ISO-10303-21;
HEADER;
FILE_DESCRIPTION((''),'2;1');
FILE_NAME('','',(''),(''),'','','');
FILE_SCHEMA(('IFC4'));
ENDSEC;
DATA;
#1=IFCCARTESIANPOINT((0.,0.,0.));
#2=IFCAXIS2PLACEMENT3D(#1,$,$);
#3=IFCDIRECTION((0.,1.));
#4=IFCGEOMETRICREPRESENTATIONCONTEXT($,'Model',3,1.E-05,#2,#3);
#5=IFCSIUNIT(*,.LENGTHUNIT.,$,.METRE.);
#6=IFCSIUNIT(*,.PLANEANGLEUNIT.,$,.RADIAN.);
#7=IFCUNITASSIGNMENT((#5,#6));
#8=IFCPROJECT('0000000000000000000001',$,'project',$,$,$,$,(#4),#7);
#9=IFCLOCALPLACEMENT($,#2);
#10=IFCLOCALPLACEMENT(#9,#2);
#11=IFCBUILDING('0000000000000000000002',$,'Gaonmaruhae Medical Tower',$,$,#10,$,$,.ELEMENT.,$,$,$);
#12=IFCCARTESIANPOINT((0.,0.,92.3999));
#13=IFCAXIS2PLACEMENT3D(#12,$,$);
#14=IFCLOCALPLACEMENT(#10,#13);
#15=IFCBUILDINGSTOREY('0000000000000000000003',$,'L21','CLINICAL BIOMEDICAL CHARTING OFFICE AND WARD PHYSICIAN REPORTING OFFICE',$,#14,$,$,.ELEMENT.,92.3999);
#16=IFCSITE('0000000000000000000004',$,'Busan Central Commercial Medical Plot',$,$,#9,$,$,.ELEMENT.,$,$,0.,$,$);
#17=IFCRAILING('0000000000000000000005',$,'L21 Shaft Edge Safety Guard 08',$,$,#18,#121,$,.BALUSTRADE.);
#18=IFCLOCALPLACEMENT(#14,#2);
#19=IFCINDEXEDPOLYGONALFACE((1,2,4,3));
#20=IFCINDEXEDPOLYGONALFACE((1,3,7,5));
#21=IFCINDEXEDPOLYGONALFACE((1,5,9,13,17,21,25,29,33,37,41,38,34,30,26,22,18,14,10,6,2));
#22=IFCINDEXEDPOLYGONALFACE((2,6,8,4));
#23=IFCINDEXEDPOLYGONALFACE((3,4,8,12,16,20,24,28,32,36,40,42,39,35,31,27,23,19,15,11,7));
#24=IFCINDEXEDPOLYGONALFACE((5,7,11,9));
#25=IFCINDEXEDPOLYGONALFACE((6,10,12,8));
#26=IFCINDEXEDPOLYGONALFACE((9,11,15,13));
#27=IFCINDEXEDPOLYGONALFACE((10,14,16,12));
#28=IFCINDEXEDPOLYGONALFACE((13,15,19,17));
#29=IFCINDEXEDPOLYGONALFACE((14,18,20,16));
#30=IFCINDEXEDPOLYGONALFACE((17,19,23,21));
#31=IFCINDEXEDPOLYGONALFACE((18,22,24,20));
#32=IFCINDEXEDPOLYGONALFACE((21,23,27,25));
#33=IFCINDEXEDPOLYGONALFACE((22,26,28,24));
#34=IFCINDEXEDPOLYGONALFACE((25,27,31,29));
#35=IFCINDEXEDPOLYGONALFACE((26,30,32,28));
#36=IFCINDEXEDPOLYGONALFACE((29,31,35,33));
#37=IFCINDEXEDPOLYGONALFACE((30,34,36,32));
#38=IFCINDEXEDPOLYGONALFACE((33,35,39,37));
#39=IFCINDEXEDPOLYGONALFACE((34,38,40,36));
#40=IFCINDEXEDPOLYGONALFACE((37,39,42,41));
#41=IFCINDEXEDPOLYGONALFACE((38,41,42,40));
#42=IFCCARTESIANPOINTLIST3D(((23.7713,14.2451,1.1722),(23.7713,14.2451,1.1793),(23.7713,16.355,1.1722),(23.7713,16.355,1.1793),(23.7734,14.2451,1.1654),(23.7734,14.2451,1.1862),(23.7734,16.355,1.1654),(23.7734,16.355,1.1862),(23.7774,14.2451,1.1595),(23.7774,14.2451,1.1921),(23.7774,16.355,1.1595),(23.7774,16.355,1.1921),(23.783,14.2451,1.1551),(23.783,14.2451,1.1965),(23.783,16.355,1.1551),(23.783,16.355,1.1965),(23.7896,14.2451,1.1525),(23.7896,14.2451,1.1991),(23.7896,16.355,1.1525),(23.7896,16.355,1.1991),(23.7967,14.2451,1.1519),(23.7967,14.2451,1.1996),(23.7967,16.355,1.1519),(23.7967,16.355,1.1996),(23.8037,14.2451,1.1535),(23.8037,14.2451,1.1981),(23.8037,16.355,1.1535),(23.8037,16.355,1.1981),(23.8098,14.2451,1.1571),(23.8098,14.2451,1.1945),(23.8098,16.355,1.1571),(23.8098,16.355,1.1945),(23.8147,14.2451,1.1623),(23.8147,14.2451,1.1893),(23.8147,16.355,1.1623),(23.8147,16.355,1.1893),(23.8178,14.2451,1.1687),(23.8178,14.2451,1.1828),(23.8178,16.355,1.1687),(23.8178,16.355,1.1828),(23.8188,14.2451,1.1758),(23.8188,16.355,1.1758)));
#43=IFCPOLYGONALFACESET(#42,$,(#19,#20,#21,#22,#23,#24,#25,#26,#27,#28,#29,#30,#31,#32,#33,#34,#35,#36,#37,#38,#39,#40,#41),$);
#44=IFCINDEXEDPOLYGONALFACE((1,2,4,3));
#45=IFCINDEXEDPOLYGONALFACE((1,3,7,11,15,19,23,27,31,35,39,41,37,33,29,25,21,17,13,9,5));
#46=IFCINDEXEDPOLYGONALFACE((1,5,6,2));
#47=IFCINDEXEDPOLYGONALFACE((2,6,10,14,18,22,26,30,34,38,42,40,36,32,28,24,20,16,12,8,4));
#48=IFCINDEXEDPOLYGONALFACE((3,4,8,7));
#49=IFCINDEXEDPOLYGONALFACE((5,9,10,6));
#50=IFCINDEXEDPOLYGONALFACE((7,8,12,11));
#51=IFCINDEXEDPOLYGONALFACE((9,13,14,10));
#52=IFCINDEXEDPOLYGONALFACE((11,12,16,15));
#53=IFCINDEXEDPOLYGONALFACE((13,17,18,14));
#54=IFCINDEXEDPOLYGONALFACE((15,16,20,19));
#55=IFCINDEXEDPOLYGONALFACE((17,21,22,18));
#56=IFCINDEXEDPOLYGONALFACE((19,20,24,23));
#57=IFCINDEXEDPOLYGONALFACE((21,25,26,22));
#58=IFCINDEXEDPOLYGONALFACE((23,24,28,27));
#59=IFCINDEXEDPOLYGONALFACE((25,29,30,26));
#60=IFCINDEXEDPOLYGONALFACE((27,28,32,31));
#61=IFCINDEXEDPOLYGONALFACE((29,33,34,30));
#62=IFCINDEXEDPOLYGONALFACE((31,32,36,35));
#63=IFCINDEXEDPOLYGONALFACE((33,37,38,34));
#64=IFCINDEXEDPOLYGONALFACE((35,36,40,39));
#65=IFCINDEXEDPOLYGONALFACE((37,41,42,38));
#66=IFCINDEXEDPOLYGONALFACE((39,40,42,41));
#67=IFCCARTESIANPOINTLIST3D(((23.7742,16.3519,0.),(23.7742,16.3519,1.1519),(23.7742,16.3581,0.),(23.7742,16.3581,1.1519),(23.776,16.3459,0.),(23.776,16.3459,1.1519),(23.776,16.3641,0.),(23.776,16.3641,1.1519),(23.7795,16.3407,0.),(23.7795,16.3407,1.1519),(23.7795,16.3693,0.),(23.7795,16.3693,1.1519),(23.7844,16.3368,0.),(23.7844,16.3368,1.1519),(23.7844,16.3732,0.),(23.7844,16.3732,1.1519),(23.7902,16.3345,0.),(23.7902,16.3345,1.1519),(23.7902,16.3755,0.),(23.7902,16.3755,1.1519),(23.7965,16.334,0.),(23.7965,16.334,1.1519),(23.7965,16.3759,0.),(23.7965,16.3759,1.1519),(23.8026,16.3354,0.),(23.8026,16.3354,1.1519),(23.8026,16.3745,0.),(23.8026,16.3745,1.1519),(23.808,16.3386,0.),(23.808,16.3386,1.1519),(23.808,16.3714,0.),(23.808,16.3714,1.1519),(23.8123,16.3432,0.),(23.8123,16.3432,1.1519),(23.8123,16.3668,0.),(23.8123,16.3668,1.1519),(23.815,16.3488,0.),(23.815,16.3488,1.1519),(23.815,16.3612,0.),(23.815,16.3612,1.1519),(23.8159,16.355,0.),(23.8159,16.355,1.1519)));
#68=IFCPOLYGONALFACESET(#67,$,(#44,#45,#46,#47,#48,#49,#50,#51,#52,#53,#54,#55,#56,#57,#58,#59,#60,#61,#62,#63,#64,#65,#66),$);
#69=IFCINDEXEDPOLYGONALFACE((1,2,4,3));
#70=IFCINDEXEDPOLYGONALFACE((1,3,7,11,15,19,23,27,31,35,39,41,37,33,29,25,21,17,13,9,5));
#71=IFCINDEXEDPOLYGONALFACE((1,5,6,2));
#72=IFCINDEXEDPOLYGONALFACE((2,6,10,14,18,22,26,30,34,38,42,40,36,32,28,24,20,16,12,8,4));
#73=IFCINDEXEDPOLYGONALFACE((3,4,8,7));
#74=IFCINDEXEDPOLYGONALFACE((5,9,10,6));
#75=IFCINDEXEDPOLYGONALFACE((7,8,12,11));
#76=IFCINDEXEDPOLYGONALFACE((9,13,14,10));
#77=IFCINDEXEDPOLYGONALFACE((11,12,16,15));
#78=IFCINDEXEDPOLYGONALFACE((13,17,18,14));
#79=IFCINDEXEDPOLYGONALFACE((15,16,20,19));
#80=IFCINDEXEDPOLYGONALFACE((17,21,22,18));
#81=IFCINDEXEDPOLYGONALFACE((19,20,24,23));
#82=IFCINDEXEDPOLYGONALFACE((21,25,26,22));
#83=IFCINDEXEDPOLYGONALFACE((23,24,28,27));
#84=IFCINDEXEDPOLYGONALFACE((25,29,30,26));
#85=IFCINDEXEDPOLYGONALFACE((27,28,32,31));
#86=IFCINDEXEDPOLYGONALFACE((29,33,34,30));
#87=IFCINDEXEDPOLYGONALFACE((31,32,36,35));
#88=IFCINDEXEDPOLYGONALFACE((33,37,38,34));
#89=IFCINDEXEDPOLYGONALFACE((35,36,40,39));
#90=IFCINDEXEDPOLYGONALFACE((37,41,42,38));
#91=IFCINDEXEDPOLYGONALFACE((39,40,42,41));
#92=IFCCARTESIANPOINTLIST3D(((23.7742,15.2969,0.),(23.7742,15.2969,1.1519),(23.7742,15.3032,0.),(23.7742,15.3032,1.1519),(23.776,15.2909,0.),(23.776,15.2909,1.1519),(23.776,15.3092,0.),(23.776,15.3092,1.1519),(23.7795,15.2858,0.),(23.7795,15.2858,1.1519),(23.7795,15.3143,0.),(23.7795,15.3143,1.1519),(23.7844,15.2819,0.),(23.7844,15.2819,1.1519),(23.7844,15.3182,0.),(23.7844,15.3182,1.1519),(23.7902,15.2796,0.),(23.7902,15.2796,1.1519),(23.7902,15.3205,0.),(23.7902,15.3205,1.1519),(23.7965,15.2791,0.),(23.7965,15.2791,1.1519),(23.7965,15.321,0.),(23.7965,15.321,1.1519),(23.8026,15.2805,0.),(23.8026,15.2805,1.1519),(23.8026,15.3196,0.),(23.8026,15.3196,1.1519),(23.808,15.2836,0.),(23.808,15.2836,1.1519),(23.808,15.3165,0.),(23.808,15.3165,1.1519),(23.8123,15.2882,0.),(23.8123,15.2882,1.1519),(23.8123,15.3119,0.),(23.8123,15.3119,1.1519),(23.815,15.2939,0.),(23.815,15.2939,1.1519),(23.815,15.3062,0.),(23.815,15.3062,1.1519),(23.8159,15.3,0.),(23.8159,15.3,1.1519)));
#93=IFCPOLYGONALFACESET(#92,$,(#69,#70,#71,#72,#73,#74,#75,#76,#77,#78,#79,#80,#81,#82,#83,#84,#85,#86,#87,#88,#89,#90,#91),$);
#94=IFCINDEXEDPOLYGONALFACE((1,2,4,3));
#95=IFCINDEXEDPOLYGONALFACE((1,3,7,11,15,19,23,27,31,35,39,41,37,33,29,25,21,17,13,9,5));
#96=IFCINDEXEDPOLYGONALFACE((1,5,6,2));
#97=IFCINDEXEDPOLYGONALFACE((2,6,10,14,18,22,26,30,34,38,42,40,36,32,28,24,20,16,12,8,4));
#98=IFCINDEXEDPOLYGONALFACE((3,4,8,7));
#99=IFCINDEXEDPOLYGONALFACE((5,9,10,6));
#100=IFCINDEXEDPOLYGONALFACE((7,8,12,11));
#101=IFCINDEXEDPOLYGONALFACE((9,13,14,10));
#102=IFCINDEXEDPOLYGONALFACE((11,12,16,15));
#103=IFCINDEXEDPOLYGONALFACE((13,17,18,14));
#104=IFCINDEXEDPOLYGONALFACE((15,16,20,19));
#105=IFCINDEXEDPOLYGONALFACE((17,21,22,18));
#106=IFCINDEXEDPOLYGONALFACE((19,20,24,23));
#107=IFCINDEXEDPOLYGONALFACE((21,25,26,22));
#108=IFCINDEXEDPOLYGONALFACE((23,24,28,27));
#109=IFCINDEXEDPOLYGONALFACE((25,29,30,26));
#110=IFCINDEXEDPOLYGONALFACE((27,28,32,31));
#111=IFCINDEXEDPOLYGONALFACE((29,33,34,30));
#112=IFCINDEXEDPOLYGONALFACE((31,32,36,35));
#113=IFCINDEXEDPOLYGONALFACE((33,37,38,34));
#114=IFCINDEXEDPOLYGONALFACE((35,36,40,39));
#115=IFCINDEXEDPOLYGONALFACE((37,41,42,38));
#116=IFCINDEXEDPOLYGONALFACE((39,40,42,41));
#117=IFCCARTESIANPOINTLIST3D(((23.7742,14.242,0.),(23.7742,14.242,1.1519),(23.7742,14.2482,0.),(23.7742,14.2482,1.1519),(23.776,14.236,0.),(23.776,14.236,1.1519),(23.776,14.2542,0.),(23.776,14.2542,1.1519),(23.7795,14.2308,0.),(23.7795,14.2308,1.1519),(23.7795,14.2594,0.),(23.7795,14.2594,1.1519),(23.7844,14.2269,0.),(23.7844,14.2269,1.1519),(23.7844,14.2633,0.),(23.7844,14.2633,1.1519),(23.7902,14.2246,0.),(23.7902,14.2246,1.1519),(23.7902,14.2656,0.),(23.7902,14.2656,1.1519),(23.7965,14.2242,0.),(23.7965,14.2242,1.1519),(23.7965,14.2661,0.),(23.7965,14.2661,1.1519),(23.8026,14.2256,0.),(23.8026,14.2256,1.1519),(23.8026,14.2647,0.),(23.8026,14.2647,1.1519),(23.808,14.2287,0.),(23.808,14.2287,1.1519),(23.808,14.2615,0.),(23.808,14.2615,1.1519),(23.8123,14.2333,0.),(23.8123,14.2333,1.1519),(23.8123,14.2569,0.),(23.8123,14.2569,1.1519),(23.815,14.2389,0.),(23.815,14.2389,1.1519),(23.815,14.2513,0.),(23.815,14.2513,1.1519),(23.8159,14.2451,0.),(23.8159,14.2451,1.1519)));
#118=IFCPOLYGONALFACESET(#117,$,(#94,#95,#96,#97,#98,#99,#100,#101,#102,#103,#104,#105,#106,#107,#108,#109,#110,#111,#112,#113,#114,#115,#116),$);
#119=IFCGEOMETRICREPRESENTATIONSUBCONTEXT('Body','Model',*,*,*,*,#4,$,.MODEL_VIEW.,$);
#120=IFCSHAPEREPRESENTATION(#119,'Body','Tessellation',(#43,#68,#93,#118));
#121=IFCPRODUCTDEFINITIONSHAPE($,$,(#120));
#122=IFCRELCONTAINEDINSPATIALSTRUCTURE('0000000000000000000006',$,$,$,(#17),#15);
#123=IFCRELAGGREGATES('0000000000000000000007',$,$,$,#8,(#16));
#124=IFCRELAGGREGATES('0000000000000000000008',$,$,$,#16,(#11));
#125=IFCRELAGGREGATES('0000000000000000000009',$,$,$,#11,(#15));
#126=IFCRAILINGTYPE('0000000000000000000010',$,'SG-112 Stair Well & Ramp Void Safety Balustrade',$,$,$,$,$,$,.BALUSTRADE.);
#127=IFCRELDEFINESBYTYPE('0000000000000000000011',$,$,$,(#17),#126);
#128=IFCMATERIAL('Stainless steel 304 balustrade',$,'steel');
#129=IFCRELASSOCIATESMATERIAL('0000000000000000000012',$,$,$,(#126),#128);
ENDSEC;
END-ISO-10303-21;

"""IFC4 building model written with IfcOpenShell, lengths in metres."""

from ifc_helpers import new_model, si_unit, direction, frame, origin, origin_2d, place, context, subcontext, project, spatial, circle, extrude, material, type_object, element, save


model = new_model("IFC4")

# Units and contexts
model_context = context("Model", 3, precision=1e-05, world=origin(), true_north=direction((0.0, 1.0)))
body_context = subcontext(model_context, "Body", "Model", "MODEL_VIEW")
ifc_project = project(units=[si_unit("LENGTHUNIT", "METRE"), si_unit("PLANEANGLEUNIT", "RADIAN")], contexts=[model_context])

# Site, building, storey
site_placement = place(None, origin())
site = spatial("IfcSite", under=ifc_project, at=site_placement, Name="Busan Central Commercial Medical Plot", CompositionType="ELEMENT", RefElevation=0.0)
building_placement = place(site_placement, origin())
building = spatial("IfcBuilding", under=site, at=building_placement, Name="Gaonmaruhae Medical Tower", CompositionType="ELEMENT")
storey_placement = place(building_placement, frame((0.0, 0.0, 92.3999)))
storey = spatial("IfcBuildingStorey", under=building, at=storey_placement, Name="L21", Description="CLINICAL BIOMEDICAL CHARTING OFFICE AND WARD PHYSICIAN REPORTING OFFICE", CompositionType="ELEMENT", Elevation=92.3999)

# Railing
ifc_material_1 = material(Name="Stainless steel 304 balustrade", Category="steel")
railing_type_1 = type_object("IfcRailingType", Name="SG-112 Stair Well & Ramp Void Safety Balustrade", PredefinedType="BALUSTRADE", material=ifc_material_1)
railing_1_placement = place(storey_placement, frame((23.7949, 16.355, 0.0)))
element("IfcRailing", 1, at=railing_1_placement, inside=storey, type_object=railing_type_1, Name="L21 Shaft Edge Safety Guard 08", PredefinedType="BALUSTRADE", context=body_context, shape_type="SweptSolid", body=[
    extrude(circle(Radius=0.0239, at=origin_2d()), frame((0.0, 0.0, 1.1758), z_axis=(0.0, -1.0, 0.0), x_axis=(1.0, 0.0, 0.0)), (0.0, 0.0, 1.0), 2.1099),
    extrude(circle(Radius=0.021, at=origin_2d()), origin(), (0.0, 0.0, 1.0), 1.1519),
    extrude(circle(Radius=0.021, at=origin_2d()), frame((0.0, -1.0549, 0.0)), (0.0, 0.0, 1.0), 1.1519),
    extrude(circle(Radius=0.021, at=origin_2d()), frame((0.0, -2.1099, 0.0)), (0.0, 0.0, 1.0), 1.1519),
])

save(model, "model.ifc")
